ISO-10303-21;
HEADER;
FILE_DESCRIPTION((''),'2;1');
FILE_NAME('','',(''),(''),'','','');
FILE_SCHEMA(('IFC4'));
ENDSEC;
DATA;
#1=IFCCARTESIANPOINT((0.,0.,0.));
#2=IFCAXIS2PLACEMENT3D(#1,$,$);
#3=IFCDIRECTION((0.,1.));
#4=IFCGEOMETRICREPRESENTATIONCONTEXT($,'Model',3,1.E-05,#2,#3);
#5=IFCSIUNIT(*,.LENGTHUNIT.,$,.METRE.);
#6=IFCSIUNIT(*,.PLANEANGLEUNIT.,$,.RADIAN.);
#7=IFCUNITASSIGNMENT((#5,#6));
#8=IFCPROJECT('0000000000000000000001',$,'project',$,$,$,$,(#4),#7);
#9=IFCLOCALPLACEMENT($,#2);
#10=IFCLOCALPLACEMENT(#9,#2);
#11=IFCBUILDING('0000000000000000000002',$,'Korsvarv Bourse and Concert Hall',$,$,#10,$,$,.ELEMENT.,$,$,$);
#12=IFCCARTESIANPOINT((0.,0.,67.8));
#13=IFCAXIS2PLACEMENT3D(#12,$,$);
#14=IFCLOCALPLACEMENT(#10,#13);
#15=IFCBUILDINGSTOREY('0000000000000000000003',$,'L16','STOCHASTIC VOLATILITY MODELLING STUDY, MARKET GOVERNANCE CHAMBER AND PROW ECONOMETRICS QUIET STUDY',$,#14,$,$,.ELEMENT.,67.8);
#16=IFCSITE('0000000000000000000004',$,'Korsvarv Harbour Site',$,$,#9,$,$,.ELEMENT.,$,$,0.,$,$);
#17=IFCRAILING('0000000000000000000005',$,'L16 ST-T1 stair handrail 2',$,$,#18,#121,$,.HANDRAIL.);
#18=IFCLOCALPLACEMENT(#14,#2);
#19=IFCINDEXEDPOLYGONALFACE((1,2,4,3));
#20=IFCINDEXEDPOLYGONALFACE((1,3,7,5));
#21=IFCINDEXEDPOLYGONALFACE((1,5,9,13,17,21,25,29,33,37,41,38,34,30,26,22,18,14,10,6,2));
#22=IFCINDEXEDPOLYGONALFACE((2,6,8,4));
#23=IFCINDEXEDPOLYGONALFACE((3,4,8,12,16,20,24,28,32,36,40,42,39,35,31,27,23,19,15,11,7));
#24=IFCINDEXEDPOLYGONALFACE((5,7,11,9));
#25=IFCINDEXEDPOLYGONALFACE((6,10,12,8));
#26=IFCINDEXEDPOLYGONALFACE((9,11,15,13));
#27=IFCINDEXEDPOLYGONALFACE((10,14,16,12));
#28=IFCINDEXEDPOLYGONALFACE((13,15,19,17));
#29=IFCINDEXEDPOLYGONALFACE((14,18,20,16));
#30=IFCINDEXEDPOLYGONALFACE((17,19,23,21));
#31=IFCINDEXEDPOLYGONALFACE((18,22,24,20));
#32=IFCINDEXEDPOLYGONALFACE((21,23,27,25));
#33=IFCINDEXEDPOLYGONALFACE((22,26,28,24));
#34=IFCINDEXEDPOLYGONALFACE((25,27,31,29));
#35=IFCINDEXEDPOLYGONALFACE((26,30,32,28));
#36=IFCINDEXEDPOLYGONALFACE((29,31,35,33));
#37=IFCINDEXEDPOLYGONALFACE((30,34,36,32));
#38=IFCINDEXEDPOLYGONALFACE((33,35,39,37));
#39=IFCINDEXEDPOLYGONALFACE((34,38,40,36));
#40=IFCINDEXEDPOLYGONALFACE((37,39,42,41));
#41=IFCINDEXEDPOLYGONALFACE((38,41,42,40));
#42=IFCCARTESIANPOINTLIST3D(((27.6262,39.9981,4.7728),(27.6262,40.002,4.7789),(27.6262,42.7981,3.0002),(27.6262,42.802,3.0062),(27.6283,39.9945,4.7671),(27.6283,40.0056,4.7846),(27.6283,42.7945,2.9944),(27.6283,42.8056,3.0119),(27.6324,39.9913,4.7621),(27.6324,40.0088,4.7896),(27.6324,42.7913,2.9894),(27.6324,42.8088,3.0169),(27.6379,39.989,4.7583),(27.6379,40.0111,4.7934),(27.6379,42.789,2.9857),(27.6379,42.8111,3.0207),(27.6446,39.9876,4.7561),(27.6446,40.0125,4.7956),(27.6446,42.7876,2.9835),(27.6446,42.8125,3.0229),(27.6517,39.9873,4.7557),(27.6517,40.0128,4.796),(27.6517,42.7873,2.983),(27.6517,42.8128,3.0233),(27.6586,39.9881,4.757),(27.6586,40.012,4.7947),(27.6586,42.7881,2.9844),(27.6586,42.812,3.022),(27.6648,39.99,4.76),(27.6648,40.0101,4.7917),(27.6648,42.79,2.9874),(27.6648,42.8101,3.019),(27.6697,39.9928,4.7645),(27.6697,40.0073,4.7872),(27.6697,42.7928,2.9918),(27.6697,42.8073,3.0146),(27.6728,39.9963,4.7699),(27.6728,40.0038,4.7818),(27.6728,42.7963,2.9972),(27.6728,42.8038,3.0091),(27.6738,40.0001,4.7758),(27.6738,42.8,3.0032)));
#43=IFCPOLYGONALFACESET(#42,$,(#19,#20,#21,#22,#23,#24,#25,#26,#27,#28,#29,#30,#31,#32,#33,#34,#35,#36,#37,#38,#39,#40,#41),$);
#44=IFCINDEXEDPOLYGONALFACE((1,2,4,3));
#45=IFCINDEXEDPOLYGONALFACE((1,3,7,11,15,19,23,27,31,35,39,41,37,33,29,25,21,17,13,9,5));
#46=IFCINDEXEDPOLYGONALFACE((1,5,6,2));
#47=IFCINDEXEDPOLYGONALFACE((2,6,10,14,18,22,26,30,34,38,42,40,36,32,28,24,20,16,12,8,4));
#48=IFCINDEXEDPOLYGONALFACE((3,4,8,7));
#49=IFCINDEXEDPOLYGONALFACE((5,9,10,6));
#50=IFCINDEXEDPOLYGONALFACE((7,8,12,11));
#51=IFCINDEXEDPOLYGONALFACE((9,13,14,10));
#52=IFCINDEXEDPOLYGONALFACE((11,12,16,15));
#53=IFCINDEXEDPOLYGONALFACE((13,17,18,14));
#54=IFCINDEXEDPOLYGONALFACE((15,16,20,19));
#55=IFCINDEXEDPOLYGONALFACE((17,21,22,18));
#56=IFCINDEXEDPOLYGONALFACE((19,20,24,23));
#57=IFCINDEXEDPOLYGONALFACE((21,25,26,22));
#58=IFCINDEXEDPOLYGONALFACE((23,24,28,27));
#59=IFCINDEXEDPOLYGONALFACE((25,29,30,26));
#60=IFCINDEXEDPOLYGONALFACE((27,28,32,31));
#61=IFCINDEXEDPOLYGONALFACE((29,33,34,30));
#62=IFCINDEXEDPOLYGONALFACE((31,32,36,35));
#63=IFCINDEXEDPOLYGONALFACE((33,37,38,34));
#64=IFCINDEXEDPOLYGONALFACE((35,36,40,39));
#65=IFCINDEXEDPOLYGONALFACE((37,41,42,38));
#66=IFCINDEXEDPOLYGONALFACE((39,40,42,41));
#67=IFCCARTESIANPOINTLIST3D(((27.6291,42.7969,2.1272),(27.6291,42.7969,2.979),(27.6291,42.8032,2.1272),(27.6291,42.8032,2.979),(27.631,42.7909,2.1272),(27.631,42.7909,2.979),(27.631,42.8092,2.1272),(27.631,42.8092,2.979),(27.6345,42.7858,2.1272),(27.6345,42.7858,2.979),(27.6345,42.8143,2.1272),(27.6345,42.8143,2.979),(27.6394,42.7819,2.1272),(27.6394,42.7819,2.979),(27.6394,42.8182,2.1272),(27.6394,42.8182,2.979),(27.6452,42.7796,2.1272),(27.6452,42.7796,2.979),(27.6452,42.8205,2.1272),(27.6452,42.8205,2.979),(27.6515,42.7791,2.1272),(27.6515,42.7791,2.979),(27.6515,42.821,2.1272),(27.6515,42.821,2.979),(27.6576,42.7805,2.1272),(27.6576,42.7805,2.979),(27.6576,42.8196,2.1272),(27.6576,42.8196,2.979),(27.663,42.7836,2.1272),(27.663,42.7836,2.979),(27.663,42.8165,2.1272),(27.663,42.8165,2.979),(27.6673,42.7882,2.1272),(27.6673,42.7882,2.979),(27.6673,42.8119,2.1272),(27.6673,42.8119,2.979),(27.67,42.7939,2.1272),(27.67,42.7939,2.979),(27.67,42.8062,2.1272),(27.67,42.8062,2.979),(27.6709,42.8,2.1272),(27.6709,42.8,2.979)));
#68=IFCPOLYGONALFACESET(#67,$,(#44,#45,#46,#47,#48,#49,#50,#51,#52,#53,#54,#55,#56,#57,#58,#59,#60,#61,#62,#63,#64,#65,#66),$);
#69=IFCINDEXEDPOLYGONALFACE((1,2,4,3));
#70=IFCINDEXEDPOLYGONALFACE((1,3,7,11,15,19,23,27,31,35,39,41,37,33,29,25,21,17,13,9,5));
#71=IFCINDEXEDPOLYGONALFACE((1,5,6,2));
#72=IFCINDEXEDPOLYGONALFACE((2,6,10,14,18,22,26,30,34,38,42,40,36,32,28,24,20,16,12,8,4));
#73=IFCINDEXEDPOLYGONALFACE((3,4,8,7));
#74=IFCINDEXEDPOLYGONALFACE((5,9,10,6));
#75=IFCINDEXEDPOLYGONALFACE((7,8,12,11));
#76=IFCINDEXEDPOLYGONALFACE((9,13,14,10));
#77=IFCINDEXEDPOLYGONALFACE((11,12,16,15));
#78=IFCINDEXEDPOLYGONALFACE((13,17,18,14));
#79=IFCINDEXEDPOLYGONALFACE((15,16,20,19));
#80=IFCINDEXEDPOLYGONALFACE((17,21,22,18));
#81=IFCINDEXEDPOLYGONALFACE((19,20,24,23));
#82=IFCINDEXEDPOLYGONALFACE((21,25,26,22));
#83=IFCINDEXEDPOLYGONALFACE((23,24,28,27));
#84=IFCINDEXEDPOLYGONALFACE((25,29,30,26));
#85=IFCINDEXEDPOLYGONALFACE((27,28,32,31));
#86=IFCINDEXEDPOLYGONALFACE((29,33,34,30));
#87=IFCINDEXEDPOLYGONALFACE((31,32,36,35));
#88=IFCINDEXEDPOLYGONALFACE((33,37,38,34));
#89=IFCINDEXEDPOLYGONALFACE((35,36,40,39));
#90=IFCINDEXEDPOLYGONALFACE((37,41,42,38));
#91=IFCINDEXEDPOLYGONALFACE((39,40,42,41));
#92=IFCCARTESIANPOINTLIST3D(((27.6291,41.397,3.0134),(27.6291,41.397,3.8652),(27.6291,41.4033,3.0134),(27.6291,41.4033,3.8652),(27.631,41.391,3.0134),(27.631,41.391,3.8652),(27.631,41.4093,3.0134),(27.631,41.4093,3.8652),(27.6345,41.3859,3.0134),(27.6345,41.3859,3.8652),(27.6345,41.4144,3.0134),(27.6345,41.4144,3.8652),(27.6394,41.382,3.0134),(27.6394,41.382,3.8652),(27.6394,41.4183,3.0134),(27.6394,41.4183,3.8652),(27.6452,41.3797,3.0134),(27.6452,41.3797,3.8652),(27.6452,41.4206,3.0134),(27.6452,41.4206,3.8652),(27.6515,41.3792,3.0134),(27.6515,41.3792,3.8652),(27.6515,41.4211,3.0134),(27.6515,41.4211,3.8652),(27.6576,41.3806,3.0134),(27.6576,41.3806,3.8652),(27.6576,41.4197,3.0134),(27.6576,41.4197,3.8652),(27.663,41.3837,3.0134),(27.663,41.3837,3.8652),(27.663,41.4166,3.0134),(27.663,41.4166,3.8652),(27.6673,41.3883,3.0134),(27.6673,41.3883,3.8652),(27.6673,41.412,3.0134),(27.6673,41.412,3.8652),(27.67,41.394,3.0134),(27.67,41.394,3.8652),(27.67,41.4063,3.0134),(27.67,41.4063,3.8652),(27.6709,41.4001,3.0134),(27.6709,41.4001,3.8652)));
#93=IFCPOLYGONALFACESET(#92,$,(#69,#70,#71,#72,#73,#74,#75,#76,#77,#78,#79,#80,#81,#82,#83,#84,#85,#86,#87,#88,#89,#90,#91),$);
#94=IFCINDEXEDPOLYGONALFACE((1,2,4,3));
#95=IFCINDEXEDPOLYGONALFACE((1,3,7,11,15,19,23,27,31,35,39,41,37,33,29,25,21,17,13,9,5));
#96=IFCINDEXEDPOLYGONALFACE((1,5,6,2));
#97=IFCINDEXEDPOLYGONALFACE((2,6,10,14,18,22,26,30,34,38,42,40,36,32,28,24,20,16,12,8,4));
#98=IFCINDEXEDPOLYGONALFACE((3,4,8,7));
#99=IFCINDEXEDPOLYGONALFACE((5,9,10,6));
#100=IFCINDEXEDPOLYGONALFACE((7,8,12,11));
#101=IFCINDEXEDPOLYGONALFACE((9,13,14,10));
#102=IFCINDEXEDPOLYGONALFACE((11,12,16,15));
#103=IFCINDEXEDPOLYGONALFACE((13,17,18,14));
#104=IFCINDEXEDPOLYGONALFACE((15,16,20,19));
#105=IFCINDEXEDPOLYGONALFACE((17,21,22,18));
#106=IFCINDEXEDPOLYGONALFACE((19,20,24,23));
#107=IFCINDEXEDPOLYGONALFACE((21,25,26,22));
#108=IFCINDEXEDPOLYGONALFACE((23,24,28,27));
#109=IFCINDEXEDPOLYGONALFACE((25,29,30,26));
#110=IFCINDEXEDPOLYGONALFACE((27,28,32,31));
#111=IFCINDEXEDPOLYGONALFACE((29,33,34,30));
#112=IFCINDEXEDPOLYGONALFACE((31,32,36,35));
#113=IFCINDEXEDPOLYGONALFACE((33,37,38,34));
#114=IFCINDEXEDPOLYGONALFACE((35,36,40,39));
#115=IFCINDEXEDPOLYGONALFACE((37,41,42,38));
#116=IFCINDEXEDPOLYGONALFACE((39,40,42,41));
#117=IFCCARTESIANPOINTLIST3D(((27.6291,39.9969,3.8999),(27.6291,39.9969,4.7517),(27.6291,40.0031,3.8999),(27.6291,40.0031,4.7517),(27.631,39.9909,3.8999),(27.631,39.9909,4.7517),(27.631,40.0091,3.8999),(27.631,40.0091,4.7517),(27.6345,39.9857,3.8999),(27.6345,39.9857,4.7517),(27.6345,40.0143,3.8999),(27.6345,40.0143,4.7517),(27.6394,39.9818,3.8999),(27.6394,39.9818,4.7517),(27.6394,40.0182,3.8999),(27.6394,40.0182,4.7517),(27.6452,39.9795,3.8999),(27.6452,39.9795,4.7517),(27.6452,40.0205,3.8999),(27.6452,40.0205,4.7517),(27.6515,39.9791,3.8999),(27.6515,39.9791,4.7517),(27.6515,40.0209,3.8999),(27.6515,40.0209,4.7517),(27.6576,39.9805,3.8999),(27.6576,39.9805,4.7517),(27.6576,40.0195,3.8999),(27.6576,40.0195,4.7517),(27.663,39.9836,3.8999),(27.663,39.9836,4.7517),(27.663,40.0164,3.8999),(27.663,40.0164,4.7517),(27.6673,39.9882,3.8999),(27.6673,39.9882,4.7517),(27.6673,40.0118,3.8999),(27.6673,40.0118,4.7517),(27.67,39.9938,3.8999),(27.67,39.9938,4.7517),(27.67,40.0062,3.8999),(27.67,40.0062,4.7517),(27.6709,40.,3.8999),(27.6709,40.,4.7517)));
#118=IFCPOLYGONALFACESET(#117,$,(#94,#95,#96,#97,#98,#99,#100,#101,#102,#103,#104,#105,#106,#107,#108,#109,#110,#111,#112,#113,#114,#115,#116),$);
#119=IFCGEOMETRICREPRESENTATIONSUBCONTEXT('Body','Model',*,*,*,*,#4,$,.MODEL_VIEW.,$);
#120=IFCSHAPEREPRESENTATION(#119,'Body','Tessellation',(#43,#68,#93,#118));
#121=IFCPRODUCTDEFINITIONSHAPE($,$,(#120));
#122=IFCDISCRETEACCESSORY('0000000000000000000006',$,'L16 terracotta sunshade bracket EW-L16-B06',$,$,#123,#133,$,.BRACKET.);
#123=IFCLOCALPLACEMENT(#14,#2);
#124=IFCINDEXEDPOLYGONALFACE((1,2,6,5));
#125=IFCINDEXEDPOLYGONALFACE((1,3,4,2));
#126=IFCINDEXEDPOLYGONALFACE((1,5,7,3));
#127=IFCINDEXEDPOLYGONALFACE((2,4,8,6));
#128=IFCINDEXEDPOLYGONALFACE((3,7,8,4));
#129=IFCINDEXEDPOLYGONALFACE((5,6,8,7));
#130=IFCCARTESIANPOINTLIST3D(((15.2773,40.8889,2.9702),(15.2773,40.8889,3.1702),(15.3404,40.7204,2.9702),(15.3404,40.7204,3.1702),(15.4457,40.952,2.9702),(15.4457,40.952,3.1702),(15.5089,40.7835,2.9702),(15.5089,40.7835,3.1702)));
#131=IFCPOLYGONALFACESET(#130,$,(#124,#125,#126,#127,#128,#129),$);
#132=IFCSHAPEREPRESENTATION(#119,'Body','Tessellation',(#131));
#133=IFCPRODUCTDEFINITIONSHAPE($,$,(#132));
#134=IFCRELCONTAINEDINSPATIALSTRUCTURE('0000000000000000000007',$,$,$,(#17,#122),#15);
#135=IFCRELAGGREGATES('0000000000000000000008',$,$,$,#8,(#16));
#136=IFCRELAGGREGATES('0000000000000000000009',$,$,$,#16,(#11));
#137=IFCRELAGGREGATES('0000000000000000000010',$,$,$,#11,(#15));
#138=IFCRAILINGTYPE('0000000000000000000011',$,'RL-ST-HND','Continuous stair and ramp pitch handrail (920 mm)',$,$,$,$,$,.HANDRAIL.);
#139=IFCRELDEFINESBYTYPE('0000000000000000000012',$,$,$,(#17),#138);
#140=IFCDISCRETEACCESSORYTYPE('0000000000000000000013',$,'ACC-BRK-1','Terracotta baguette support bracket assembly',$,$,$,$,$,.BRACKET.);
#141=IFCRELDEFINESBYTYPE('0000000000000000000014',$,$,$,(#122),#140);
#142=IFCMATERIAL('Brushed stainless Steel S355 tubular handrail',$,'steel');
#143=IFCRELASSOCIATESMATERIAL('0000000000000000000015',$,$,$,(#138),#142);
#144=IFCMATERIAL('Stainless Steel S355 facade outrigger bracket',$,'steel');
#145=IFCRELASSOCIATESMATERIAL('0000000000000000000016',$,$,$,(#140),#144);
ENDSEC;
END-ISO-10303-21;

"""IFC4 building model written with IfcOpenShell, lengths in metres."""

from ifc_helpers import new_model, si_unit, direction, frame, origin, origin_2d, place, context, subcontext, project, spatial, rectangle, circle, extrude, source, transform, mapped, material, type_object, element, save


model = new_model("IFC4")

# Units and contexts
model_context = context("Model", 3, precision=1e-05, world=origin(), true_north=direction((0.0, 1.0)))
body_context = subcontext(model_context, "Body", "Model", "MODEL_VIEW")
ifc_project = project(units=[si_unit("LENGTHUNIT", "METRE"), si_unit("PLANEANGLEUNIT", "RADIAN")], contexts=[model_context])

# Site, building, storey
site_placement = place(None, origin())
site = spatial("IfcSite", under=ifc_project, at=site_placement, Name="Korsvarv Harbour Site", CompositionType="ELEMENT", RefElevation=0.0)
building_placement = place(site_placement, origin())
building = spatial("IfcBuilding", under=site, at=building_placement, Name="Korsvarv Bourse and Concert Hall", CompositionType="ELEMENT")
storey_placement = place(building_placement, frame((0.0, 0.0, 67.8)))
storey = spatial("IfcBuildingStorey", under=building, at=storey_placement, Name="L16", Description="STOCHASTIC VOLATILITY MODELLING STUDY, MARKET GOVERNANCE CHAMBER AND PROW ECONOMETRICS QUIET STUDY", CompositionType="ELEMENT", Elevation=67.8)

# Railing
ifc_material_1 = material(Name="Brushed stainless Steel S355 tubular handrail", Category="steel")
railing_type_1 = type_object("IfcRailingType", Name="RL-ST-HND", Description="Continuous stair and ramp pitch handrail (920 mm)", PredefinedType="HANDRAIL", material=ifc_material_1)
railing_1_placement = place(storey_placement, frame((27.6499, 42.8, 2.1272)))
element("IfcRailing", 1, at=railing_1_placement, inside=storey, type_object=railing_type_1, Name="L16 ST-T1 stair handrail 2", PredefinedType="HANDRAIL", context=body_context, shape_type="SweptSolid", body=[
    extrude(circle(Radius=0.0239, at=origin_2d()), frame((0.0, 0.0, 0.876), z_axis=(0.0, -0.844909, 0.53491), x_axis=(1.0, 0.0, 0.0)), (0.0, 0.0, 1.0), 3.314),
    extrude(circle(Radius=0.021, at=origin_2d()), origin(), (0.0, 0.0, 1.0), 0.8518),
    extrude(circle(Radius=0.021, at=origin_2d()), frame((0.0, -1.3999, 0.8862)), (0.0, 0.0, 1.0), 0.8518),
    extrude(circle(Radius=0.021, at=origin_2d()), frame((0.0, -2.8, 1.7727)), (0.0, 0.0, 1.0), 0.8518),
])

# Discrete accessory
ifc_material_2 = material(Name="Stainless Steel S355 facade outrigger bracket", Category="steel")
discrete_accessory_type = type_object("IfcDiscreteAccessoryType", Name="ACC-BRK-1", Description="Terracotta baguette support bracket assembly", PredefinedType="BRACKET", material=ifc_material_2)
shared_shape_1 = source(origin(), body_context, "Body", "SweptSolid", [
    extrude(rectangle(XDim=0.1799, YDim=0.1799, at=origin_2d()), origin(), (0.0, 0.0, 1.0), 0.2),
])
discrete_accessory_placement = place(storey_placement, frame((15.3931, 40.8362, 2.9702), z_axis=(0.0, 0.0, 1.0), x_axis=(0.350861, -0.936427, 0.0)))
element("IfcDiscreteAccessory", 2, at=discrete_accessory_placement, inside=storey, type_object=discrete_accessory_type, Name="L16 terracotta sunshade bracket EW-L16-B06", PredefinedType="BRACKET", context=body_context, shape_type="MappedRepresentation", body=[
    mapped(shared_shape_1, transform((0.0, 0.0, 0.0), scale=1.0)),
])

save(model, "model.ifc")
